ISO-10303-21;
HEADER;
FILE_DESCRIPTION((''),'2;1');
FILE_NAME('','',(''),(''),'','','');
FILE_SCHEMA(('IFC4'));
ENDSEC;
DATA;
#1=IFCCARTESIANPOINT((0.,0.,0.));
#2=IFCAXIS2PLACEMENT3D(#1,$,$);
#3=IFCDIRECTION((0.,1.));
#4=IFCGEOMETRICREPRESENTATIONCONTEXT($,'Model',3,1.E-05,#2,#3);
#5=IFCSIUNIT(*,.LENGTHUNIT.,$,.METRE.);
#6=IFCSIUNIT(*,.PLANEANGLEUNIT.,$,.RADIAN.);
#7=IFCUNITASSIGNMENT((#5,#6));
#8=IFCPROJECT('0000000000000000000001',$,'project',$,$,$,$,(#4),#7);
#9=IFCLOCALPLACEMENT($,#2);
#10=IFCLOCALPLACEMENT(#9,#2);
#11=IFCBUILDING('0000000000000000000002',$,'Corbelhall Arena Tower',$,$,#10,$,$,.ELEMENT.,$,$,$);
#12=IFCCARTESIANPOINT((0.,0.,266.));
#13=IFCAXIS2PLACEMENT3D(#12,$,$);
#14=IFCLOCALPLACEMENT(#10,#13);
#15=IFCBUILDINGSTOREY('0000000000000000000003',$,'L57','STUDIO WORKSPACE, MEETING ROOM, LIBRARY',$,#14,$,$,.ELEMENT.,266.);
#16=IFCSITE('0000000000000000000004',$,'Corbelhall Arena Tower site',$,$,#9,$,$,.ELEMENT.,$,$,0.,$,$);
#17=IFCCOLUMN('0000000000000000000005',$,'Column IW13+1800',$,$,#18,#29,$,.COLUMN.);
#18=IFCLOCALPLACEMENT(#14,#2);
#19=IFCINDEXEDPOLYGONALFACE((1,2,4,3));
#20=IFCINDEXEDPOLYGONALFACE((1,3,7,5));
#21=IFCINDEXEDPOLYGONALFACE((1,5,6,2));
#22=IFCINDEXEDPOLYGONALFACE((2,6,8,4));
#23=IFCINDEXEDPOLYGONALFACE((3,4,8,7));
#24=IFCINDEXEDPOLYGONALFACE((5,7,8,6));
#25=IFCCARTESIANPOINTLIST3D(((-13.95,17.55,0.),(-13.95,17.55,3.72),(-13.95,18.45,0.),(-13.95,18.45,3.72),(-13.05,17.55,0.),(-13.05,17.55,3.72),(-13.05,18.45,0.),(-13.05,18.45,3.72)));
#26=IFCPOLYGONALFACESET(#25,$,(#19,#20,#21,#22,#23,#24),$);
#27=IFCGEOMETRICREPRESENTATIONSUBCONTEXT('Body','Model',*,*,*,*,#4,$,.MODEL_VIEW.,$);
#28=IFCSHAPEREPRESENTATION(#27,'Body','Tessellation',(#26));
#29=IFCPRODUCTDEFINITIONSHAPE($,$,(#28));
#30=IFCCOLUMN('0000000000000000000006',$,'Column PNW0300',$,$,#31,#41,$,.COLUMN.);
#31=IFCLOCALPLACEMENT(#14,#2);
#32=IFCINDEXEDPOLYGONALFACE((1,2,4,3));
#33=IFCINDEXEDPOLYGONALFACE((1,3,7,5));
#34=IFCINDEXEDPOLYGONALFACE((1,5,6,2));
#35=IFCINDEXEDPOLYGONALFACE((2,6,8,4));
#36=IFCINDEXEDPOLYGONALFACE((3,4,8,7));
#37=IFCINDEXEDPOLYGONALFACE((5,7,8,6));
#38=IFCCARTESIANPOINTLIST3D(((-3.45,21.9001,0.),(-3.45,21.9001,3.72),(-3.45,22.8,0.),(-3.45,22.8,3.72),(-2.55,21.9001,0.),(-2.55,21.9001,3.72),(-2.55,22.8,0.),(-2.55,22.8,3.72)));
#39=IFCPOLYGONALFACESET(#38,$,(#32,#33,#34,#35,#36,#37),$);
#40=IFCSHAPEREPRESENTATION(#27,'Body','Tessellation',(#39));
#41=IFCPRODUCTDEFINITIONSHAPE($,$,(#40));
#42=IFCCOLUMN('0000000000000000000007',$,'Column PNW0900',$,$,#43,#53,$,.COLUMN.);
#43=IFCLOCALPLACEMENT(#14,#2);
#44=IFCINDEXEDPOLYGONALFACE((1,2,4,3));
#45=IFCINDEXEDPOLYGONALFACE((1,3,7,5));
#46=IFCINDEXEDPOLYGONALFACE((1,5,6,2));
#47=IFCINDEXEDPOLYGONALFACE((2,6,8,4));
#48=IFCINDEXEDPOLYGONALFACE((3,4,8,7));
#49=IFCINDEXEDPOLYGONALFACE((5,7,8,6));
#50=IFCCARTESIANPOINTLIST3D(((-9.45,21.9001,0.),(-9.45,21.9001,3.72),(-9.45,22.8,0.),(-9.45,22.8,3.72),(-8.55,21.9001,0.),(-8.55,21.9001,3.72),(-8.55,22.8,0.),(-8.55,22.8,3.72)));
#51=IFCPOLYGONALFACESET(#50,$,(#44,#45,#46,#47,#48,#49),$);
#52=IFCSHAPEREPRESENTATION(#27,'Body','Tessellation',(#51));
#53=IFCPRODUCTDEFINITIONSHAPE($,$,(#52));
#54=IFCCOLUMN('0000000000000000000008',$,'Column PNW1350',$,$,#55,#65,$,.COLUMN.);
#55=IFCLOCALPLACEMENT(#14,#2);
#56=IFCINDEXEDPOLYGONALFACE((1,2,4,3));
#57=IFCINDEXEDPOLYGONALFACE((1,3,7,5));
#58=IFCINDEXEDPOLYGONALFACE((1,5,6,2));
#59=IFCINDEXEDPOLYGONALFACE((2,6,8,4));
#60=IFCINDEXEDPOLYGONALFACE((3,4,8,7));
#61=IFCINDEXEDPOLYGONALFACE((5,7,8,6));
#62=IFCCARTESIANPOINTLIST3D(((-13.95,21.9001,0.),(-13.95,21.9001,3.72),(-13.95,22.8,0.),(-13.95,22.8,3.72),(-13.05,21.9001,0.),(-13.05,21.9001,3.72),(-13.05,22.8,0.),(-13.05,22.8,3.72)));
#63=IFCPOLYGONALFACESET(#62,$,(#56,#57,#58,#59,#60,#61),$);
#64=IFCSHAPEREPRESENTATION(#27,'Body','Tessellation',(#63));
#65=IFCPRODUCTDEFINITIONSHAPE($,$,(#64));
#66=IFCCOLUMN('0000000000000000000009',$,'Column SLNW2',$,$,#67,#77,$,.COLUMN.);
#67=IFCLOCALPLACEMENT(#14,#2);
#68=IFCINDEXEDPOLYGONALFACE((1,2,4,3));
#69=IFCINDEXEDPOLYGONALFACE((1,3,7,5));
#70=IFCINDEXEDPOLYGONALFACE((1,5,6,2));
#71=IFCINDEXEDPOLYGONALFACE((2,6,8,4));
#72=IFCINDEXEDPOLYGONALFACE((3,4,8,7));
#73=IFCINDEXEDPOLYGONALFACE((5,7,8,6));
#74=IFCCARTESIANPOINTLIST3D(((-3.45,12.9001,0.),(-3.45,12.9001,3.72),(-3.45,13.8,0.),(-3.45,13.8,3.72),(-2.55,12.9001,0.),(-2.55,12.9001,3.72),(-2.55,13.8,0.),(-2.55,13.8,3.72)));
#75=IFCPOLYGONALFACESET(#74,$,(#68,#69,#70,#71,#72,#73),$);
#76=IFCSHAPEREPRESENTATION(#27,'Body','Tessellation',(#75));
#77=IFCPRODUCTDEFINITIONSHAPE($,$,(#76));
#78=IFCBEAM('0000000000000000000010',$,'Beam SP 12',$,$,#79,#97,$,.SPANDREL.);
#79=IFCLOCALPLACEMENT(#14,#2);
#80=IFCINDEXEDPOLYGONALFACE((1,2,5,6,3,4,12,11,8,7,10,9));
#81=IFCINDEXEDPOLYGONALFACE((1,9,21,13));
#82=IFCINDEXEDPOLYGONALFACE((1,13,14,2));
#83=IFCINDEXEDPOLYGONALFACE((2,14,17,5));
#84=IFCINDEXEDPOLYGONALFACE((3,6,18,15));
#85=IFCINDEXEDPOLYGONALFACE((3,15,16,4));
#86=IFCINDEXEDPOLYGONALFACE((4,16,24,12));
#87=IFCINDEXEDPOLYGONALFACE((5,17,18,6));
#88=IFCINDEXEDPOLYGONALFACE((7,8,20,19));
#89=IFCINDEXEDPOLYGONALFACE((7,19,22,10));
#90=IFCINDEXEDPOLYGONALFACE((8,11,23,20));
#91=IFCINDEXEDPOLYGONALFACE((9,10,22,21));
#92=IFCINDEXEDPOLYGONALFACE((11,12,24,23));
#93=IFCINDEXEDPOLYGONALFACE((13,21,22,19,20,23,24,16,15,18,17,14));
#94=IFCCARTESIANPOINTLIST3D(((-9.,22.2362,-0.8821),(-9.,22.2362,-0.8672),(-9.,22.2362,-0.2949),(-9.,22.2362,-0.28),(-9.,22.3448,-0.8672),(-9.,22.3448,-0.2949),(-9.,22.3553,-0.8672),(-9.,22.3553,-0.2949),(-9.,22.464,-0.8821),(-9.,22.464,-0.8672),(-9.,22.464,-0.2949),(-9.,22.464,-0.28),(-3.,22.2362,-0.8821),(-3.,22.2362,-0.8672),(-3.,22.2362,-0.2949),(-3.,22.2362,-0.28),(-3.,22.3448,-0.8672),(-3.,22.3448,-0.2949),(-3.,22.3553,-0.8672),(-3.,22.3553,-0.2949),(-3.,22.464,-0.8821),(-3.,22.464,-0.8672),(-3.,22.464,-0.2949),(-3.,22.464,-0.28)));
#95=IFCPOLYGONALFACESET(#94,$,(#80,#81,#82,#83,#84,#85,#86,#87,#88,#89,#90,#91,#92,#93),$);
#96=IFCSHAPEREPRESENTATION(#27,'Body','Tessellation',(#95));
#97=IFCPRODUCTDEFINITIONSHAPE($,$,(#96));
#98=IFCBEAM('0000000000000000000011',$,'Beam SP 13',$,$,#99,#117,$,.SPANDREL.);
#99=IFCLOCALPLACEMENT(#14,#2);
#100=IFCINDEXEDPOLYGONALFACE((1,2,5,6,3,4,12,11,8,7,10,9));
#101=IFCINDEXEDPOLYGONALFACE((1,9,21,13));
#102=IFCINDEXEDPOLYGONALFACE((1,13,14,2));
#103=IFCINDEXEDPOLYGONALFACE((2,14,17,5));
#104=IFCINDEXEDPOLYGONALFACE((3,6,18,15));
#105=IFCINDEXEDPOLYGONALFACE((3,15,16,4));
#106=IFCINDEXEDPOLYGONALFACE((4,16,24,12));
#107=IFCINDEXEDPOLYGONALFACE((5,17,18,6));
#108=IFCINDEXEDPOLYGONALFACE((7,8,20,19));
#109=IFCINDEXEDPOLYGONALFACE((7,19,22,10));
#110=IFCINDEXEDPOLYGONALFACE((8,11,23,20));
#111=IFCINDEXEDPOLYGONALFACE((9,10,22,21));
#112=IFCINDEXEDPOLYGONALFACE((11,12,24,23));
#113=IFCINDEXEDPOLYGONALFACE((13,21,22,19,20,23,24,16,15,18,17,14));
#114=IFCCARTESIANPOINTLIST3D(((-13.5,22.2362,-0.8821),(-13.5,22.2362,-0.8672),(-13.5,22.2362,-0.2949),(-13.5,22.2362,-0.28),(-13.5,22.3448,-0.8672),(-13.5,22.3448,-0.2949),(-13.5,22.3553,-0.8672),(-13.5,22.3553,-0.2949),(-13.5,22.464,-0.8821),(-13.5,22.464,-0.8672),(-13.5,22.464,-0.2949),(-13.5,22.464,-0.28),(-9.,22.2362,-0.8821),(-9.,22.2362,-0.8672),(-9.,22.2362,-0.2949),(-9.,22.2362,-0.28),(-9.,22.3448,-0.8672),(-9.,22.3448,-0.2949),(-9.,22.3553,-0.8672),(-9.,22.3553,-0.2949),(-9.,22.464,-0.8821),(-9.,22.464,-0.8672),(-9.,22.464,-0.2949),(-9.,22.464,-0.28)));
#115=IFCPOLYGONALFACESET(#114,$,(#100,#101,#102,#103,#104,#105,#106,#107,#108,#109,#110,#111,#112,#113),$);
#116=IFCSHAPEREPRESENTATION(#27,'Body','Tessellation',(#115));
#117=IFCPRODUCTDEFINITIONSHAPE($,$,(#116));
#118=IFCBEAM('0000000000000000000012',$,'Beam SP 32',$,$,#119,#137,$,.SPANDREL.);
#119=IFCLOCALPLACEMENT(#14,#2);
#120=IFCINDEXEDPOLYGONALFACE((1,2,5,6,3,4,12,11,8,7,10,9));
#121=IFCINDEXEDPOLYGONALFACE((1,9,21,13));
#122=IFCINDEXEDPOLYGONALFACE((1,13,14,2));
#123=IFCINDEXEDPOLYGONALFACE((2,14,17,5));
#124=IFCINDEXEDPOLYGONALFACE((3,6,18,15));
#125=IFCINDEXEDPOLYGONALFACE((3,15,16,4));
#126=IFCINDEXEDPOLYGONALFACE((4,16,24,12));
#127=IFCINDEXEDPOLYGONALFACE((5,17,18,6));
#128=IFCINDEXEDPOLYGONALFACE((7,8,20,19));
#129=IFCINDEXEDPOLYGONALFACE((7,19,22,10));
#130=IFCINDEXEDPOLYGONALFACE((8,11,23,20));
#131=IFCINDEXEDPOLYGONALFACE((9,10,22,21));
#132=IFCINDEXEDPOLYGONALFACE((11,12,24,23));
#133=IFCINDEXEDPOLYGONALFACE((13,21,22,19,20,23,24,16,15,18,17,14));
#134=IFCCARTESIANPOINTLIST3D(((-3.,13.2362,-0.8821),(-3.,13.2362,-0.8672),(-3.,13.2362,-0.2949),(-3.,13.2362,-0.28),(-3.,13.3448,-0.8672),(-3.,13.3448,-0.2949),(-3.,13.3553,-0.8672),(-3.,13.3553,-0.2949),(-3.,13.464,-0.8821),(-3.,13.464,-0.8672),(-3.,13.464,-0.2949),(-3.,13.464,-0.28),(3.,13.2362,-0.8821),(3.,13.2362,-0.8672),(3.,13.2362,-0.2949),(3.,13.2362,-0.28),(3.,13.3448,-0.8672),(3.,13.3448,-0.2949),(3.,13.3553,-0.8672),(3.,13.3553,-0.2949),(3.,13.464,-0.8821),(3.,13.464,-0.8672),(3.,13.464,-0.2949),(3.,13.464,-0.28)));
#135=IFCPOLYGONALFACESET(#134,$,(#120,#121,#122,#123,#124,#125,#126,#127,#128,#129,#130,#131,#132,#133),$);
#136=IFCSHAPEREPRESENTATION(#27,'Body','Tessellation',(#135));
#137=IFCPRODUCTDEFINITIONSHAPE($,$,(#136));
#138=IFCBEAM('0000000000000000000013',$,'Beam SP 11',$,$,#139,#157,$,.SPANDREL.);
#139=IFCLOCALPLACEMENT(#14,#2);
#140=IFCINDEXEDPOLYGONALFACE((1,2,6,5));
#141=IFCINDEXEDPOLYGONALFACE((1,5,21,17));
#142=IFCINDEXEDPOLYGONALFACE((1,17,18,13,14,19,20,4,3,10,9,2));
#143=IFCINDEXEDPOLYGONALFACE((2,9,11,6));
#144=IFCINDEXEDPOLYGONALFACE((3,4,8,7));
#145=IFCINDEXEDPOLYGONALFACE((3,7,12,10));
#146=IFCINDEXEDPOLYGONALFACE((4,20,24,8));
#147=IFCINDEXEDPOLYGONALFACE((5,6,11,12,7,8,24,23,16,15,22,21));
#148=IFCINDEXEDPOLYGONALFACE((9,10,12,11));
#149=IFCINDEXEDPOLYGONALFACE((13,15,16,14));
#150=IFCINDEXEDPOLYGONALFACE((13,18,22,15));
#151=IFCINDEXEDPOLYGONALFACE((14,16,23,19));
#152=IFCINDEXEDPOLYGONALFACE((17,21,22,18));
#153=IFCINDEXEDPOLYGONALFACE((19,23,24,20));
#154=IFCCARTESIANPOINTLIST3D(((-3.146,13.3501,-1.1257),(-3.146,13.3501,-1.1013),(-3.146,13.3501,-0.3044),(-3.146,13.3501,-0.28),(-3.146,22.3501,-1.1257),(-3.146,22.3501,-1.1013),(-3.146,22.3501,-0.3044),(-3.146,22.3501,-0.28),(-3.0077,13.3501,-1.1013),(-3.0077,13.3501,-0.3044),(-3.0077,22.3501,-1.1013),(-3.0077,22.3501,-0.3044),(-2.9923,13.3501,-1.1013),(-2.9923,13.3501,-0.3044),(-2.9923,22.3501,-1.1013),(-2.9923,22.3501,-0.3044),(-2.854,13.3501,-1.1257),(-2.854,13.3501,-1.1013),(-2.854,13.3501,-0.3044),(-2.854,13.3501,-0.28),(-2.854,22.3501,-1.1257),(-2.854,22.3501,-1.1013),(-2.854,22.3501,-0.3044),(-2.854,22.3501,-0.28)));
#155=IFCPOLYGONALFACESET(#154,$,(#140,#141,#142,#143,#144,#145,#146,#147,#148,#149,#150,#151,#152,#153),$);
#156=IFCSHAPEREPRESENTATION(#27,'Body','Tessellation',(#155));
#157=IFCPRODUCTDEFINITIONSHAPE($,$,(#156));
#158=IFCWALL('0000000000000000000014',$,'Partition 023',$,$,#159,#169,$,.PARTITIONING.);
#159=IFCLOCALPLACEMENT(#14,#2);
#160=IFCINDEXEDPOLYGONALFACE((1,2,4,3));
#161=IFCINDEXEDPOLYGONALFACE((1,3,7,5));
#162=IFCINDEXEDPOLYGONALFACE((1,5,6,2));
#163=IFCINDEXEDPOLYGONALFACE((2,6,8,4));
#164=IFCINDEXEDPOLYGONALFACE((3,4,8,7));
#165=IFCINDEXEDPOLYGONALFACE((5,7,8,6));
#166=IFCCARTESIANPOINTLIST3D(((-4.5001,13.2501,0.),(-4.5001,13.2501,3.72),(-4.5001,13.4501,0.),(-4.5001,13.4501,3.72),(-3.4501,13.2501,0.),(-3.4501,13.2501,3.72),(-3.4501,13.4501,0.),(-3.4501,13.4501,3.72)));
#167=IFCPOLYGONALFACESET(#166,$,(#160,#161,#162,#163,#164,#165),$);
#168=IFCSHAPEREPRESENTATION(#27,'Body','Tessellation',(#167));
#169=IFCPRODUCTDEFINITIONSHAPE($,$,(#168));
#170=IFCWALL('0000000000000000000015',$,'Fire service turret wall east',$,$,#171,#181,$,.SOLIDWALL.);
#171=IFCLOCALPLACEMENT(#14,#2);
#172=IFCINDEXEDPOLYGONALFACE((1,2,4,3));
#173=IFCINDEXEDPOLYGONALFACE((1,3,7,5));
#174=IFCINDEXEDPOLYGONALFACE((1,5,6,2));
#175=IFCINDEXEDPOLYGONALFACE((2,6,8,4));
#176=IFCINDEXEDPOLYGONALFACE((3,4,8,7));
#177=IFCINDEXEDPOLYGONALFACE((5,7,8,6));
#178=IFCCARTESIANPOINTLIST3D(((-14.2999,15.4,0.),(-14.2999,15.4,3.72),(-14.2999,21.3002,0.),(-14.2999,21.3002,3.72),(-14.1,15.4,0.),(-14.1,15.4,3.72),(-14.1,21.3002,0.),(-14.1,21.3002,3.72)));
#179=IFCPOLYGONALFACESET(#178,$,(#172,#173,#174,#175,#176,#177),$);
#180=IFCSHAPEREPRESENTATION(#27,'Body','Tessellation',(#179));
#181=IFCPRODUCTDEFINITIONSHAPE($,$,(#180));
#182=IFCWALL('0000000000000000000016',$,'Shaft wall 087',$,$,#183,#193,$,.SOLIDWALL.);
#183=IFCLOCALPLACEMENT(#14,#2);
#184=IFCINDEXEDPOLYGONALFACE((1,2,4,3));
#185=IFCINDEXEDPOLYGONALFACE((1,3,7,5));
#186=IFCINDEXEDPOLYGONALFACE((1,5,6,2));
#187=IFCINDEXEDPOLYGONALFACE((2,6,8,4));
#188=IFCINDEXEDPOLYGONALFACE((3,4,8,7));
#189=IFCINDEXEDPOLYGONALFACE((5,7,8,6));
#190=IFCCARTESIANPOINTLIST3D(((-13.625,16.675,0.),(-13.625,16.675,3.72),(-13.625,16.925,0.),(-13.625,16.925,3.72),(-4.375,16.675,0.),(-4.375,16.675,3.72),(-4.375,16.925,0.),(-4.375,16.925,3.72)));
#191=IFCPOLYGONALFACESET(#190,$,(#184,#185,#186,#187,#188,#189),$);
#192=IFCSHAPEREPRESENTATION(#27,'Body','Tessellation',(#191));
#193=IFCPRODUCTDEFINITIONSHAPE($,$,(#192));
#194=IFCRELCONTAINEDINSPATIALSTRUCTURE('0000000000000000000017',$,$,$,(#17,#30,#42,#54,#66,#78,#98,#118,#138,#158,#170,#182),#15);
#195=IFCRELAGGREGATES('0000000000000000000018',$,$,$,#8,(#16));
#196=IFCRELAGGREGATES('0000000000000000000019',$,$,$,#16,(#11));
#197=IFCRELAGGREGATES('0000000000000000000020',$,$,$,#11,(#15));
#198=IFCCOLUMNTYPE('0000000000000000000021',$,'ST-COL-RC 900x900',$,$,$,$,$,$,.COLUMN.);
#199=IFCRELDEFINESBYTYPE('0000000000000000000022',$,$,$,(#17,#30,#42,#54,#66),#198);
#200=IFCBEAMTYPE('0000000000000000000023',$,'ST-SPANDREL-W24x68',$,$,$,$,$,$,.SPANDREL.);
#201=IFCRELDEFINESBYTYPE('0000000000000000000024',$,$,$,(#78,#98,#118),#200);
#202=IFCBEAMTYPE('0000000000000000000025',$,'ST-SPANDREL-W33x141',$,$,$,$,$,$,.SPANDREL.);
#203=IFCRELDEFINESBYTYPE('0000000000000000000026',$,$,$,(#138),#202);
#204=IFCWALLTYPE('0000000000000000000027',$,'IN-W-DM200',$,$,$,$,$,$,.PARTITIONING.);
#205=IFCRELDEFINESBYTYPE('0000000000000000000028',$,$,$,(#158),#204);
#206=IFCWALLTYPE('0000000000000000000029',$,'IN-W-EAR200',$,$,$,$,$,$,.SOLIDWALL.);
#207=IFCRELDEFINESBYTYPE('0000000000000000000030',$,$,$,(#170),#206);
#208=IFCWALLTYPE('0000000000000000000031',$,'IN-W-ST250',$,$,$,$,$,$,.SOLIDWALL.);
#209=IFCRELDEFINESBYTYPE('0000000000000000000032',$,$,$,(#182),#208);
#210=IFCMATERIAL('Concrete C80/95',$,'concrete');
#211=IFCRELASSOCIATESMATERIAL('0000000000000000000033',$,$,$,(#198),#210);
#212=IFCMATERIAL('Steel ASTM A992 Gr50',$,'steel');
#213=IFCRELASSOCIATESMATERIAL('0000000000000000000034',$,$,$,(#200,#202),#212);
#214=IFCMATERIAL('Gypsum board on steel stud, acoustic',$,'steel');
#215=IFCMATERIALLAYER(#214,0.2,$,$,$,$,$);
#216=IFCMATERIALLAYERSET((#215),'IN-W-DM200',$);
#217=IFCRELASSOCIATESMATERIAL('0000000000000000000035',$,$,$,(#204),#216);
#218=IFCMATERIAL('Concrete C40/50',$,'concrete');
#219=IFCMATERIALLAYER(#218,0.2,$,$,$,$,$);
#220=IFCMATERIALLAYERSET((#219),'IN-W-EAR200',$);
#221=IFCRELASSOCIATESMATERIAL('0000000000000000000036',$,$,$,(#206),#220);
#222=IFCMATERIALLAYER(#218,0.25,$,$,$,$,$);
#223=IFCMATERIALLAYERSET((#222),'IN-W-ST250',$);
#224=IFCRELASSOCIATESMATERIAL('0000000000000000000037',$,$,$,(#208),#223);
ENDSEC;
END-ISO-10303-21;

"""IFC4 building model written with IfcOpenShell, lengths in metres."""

from ifc_helpers import new_model, si_unit, direction, frame, frame_2d, origin, origin_2d, place, context, subcontext, project, spatial, rectangle, i_section, extrude, material, layer, layer_set, material_profile, profile_set, type_object, element, save


model = new_model("IFC4")

# Units and contexts
model_context = context("Model", 3, precision=1e-05, world=origin(), true_north=direction((0.0, 1.0)))
body_context = subcontext(model_context, "Body", "Model", "MODEL_VIEW")
ifc_project = project(units=[si_unit("LENGTHUNIT", "METRE"), si_unit("PLANEANGLEUNIT", "RADIAN")], contexts=[model_context])

# Site, building, storey
site_placement = place(None, origin())
site = spatial("IfcSite", under=ifc_project, at=site_placement, Name="Corbelhall Arena Tower site", CompositionType="ELEMENT", RefElevation=0.0)
building_placement = place(site_placement, origin())
building = spatial("IfcBuilding", under=site, at=building_placement, Name="Corbelhall Arena Tower", CompositionType="ELEMENT")
storey_placement = place(building_placement, frame((0.0, 0.0, 266.0)))
storey = spatial("IfcBuildingStorey", under=building, at=storey_placement, Name="L57", Description="STUDIO WORKSPACE, MEETING ROOM, LIBRARY", CompositionType="ELEMENT", Elevation=266.0)

# Columns
ifc_material_1 = material(Name="Concrete C80/95", Category="concrete")
ifc_material_profile_1 = material_profile(ifc_material_1, rectangle(XDim=0.8999, YDim=0.8999, at=origin_2d()))
ifc_profile_set_1 = profile_set([ifc_material_profile_1], Name="Concrete C80/95")
column_type = type_object("IfcColumnType", Name="ST-COL-RC 900x900", PredefinedType="COLUMN", material=ifc_profile_set_1)
for number, where, z_axis, x_axis, name in (
    (1, (-13.5, 18.0, 0.0), (0.0, 0.0, 1.0), (1.0, 0.0, 0.0), "Column IW13+1800"),
    (2, (-3.0, 22.3501, 0.0), (0.0, 0.0, 1.0), (1.0, 0.0, 0.0), "Column PNW0300"),
    (3, (-9.0, 22.3501, 0.0), (0.0, 0.0, 1.0), (1.0, 0.0, 0.0), "Column PNW0900"),
    (4, (-13.5, 22.3501, 0.0), (0.0, 0.0, 1.0), (1.0, 0.0, 0.0), "Column PNW1350"),
    (5, (-3.0, 13.3501, 0.0), (0.0, 0.0, 1.0), (1.0, 0.0, 0.0), "Column SLNW2"),
):
    element("IfcColumn", number, at=place(storey_placement, frame(where, z_axis=z_axis, x_axis=x_axis)), inside=storey, type_object=column_type, Name=name, PredefinedType="COLUMN", context=body_context, shape_type="SweptSolid", body=[
        extrude(rectangle(XDim=0.8999, YDim=0.8999, at=origin_2d()), origin(), (0.0, 0.0, 1.0), 3.72),
    ])

# Beams
ifc_material_2 = material(Name="Steel ASTM A992 Gr50", Category="steel")
ifc_material_profile_2 = material_profile(ifc_material_2, i_section(OverallWidth=0.2278, OverallDepth=0.6021, WebThickness=0.0105, FlangeThickness=0.0149, at=origin_2d()))
ifc_profile_set_2 = profile_set([ifc_material_profile_2], Name="Steel ASTM A992 Gr50")
beam_type_1 = type_object("IfcBeamType", Name="ST-SPANDREL-W24x68", PredefinedType="SPANDREL", material=ifc_profile_set_2)
beam_1_placement = place(storey_placement, frame((-9.0, 22.3501, -0.5811), z_axis=(1.0, 0.0, 0.0), x_axis=(0.0, 1.0, 0.0)))
element("IfcBeam", 6, at=beam_1_placement, inside=storey, type_object=beam_type_1, Name="Beam SP 12", PredefinedType="SPANDREL", context=body_context, shape_type="SweptSolid", body=[
    extrude(i_section(OverallWidth=0.2278, OverallDepth=0.6021, WebThickness=0.0105, FlangeThickness=0.0149, at=origin_2d()), origin(), (0.0, 0.0, 1.0), 6.0),
])
beam_2_placement = place(storey_placement, frame((-13.5, 22.3501, -0.5811), z_axis=(1.0, 0.0, 0.0), x_axis=(0.0, 1.0, 0.0)))
element("IfcBeam", 7, at=beam_2_placement, inside=storey, type_object=beam_type_1, Name="Beam SP 13", PredefinedType="SPANDREL", context=body_context, shape_type="SweptSolid", body=[
    extrude(i_section(OverallWidth=0.2278, OverallDepth=0.6021, WebThickness=0.0105, FlangeThickness=0.0149, at=origin_2d()), origin(), (0.0, 0.0, 1.0), 4.5),
])
beam_3_placement = place(storey_placement, frame((-3.0, 13.3501, -0.5811), z_axis=(1.0, 0.0, 0.0), x_axis=(0.0, 1.0, 0.0)))
element("IfcBeam", 8, at=beam_3_placement, inside=storey, type_object=beam_type_1, Name="Beam SP 32", PredefinedType="SPANDREL", context=body_context, shape_type="SweptSolid", body=[
    extrude(i_section(OverallWidth=0.2278, OverallDepth=0.6021, WebThickness=0.0105, FlangeThickness=0.0149, at=origin_2d()), origin(), (0.0, 0.0, 1.0), 6.0),
])
ifc_material_profile_3 = material_profile(ifc_material_2, i_section(OverallWidth=0.292, OverallDepth=0.8457, WebThickness=0.0154, FlangeThickness=0.0244, at=origin_2d()))
ifc_profile_set_3 = profile_set([ifc_material_profile_3], Name="Steel ASTM A992 Gr50")
beam_type_2 = type_object("IfcBeamType", Name="ST-SPANDREL-W33x141", PredefinedType="SPANDREL", material=ifc_profile_set_3)
beam_4_placement = place(storey_placement, frame((-3.0, 22.3501, -0.7029), z_axis=(0.0, -1.0, 0.0), x_axis=(1.0, 0.0, 0.0)))
element("IfcBeam", 9, at=beam_4_placement, inside=storey, type_object=beam_type_2, Name="Beam SP 11", PredefinedType="SPANDREL", context=body_context, shape_type="SweptSolid", body=[
    extrude(i_section(OverallWidth=0.292, OverallDepth=0.8457, WebThickness=0.0154, FlangeThickness=0.0244, at=origin_2d()), origin(), (0.0, 0.0, 1.0), 9.0),
])

# Walls
ifc_material_3 = material(Name="Gypsum board on steel stud, acoustic", Category="steel")
ifc_layer_1 = layer(ifc_material_3, 0.2)
ifc_layer_set_1 = layer_set([ifc_layer_1], Name="IN-W-DM200")
wall_type_1 = type_object("IfcWallType", Name="IN-W-DM200", PredefinedType="PARTITIONING", material=ifc_layer_set_1)
wall_1_placement = place(storey_placement, frame((-4.5, 13.3501, 0.0), z_axis=(0.0, 0.0, 1.0), x_axis=(1.0, 0.0, 0.0)))
element("IfcWall", 10, at=wall_1_placement, inside=storey, type_object=wall_type_1, Name="Partition 023", PredefinedType="PARTITIONING", context=body_context, shape_type="SweptSolid", body=[
    extrude(rectangle(XDim=1.05, YDim=0.2, at=frame_2d((0.5249, 0.0))), origin(), (0.0, 0.0, 1.0), 3.72),
])
ifc_material_4 = material(Name="Concrete C40/50", Category="concrete")
ifc_layer_2 = layer(ifc_material_4, 0.2)
ifc_layer_set_2 = layer_set([ifc_layer_2], Name="IN-W-EAR200")
wall_type_2 = type_object("IfcWallType", Name="IN-W-EAR200", PredefinedType="SOLIDWALL", material=ifc_layer_set_2)
wall_2_placement = place(storey_placement, frame((-14.2, 15.3999, 0.0), z_axis=(0.0, 0.0, 1.0), x_axis=(0.0, 1.0, 0.0)))
element("IfcWall", 11, at=wall_2_placement, inside=storey, type_object=wall_type_2, Name="Fire service turret wall east", PredefinedType="SOLIDWALL", context=body_context, shape_type="SweptSolid", body=[
    extrude(rectangle(XDim=5.9001, YDim=0.2, at=frame_2d((2.9502, 0.0))), origin(), (0.0, 0.0, 1.0), 3.72),
])
ifc_layer_3 = layer(ifc_material_4, 0.25)
ifc_layer_set_3 = layer_set([ifc_layer_3], Name="IN-W-ST250")
wall_type_3 = type_object("IfcWallType", Name="IN-W-ST250", PredefinedType="SOLIDWALL", material=ifc_layer_set_3)
wall_3_placement = place(storey_placement, frame((-13.625, 16.8, 0.0), z_axis=(0.0, 0.0, 1.0), x_axis=(1.0, 0.0, 0.0)))
element("IfcWall", 12, at=wall_3_placement, inside=storey, type_object=wall_type_3, Name="Shaft wall 087", PredefinedType="SOLIDWALL", context=body_context, shape_type="SweptSolid", body=[
    extrude(rectangle(XDim=9.25, YDim=0.25, at=frame_2d((4.625, 0.0))), origin(), (0.0, 0.0, 1.0), 3.72),
])

save(model, "model.ifc")
